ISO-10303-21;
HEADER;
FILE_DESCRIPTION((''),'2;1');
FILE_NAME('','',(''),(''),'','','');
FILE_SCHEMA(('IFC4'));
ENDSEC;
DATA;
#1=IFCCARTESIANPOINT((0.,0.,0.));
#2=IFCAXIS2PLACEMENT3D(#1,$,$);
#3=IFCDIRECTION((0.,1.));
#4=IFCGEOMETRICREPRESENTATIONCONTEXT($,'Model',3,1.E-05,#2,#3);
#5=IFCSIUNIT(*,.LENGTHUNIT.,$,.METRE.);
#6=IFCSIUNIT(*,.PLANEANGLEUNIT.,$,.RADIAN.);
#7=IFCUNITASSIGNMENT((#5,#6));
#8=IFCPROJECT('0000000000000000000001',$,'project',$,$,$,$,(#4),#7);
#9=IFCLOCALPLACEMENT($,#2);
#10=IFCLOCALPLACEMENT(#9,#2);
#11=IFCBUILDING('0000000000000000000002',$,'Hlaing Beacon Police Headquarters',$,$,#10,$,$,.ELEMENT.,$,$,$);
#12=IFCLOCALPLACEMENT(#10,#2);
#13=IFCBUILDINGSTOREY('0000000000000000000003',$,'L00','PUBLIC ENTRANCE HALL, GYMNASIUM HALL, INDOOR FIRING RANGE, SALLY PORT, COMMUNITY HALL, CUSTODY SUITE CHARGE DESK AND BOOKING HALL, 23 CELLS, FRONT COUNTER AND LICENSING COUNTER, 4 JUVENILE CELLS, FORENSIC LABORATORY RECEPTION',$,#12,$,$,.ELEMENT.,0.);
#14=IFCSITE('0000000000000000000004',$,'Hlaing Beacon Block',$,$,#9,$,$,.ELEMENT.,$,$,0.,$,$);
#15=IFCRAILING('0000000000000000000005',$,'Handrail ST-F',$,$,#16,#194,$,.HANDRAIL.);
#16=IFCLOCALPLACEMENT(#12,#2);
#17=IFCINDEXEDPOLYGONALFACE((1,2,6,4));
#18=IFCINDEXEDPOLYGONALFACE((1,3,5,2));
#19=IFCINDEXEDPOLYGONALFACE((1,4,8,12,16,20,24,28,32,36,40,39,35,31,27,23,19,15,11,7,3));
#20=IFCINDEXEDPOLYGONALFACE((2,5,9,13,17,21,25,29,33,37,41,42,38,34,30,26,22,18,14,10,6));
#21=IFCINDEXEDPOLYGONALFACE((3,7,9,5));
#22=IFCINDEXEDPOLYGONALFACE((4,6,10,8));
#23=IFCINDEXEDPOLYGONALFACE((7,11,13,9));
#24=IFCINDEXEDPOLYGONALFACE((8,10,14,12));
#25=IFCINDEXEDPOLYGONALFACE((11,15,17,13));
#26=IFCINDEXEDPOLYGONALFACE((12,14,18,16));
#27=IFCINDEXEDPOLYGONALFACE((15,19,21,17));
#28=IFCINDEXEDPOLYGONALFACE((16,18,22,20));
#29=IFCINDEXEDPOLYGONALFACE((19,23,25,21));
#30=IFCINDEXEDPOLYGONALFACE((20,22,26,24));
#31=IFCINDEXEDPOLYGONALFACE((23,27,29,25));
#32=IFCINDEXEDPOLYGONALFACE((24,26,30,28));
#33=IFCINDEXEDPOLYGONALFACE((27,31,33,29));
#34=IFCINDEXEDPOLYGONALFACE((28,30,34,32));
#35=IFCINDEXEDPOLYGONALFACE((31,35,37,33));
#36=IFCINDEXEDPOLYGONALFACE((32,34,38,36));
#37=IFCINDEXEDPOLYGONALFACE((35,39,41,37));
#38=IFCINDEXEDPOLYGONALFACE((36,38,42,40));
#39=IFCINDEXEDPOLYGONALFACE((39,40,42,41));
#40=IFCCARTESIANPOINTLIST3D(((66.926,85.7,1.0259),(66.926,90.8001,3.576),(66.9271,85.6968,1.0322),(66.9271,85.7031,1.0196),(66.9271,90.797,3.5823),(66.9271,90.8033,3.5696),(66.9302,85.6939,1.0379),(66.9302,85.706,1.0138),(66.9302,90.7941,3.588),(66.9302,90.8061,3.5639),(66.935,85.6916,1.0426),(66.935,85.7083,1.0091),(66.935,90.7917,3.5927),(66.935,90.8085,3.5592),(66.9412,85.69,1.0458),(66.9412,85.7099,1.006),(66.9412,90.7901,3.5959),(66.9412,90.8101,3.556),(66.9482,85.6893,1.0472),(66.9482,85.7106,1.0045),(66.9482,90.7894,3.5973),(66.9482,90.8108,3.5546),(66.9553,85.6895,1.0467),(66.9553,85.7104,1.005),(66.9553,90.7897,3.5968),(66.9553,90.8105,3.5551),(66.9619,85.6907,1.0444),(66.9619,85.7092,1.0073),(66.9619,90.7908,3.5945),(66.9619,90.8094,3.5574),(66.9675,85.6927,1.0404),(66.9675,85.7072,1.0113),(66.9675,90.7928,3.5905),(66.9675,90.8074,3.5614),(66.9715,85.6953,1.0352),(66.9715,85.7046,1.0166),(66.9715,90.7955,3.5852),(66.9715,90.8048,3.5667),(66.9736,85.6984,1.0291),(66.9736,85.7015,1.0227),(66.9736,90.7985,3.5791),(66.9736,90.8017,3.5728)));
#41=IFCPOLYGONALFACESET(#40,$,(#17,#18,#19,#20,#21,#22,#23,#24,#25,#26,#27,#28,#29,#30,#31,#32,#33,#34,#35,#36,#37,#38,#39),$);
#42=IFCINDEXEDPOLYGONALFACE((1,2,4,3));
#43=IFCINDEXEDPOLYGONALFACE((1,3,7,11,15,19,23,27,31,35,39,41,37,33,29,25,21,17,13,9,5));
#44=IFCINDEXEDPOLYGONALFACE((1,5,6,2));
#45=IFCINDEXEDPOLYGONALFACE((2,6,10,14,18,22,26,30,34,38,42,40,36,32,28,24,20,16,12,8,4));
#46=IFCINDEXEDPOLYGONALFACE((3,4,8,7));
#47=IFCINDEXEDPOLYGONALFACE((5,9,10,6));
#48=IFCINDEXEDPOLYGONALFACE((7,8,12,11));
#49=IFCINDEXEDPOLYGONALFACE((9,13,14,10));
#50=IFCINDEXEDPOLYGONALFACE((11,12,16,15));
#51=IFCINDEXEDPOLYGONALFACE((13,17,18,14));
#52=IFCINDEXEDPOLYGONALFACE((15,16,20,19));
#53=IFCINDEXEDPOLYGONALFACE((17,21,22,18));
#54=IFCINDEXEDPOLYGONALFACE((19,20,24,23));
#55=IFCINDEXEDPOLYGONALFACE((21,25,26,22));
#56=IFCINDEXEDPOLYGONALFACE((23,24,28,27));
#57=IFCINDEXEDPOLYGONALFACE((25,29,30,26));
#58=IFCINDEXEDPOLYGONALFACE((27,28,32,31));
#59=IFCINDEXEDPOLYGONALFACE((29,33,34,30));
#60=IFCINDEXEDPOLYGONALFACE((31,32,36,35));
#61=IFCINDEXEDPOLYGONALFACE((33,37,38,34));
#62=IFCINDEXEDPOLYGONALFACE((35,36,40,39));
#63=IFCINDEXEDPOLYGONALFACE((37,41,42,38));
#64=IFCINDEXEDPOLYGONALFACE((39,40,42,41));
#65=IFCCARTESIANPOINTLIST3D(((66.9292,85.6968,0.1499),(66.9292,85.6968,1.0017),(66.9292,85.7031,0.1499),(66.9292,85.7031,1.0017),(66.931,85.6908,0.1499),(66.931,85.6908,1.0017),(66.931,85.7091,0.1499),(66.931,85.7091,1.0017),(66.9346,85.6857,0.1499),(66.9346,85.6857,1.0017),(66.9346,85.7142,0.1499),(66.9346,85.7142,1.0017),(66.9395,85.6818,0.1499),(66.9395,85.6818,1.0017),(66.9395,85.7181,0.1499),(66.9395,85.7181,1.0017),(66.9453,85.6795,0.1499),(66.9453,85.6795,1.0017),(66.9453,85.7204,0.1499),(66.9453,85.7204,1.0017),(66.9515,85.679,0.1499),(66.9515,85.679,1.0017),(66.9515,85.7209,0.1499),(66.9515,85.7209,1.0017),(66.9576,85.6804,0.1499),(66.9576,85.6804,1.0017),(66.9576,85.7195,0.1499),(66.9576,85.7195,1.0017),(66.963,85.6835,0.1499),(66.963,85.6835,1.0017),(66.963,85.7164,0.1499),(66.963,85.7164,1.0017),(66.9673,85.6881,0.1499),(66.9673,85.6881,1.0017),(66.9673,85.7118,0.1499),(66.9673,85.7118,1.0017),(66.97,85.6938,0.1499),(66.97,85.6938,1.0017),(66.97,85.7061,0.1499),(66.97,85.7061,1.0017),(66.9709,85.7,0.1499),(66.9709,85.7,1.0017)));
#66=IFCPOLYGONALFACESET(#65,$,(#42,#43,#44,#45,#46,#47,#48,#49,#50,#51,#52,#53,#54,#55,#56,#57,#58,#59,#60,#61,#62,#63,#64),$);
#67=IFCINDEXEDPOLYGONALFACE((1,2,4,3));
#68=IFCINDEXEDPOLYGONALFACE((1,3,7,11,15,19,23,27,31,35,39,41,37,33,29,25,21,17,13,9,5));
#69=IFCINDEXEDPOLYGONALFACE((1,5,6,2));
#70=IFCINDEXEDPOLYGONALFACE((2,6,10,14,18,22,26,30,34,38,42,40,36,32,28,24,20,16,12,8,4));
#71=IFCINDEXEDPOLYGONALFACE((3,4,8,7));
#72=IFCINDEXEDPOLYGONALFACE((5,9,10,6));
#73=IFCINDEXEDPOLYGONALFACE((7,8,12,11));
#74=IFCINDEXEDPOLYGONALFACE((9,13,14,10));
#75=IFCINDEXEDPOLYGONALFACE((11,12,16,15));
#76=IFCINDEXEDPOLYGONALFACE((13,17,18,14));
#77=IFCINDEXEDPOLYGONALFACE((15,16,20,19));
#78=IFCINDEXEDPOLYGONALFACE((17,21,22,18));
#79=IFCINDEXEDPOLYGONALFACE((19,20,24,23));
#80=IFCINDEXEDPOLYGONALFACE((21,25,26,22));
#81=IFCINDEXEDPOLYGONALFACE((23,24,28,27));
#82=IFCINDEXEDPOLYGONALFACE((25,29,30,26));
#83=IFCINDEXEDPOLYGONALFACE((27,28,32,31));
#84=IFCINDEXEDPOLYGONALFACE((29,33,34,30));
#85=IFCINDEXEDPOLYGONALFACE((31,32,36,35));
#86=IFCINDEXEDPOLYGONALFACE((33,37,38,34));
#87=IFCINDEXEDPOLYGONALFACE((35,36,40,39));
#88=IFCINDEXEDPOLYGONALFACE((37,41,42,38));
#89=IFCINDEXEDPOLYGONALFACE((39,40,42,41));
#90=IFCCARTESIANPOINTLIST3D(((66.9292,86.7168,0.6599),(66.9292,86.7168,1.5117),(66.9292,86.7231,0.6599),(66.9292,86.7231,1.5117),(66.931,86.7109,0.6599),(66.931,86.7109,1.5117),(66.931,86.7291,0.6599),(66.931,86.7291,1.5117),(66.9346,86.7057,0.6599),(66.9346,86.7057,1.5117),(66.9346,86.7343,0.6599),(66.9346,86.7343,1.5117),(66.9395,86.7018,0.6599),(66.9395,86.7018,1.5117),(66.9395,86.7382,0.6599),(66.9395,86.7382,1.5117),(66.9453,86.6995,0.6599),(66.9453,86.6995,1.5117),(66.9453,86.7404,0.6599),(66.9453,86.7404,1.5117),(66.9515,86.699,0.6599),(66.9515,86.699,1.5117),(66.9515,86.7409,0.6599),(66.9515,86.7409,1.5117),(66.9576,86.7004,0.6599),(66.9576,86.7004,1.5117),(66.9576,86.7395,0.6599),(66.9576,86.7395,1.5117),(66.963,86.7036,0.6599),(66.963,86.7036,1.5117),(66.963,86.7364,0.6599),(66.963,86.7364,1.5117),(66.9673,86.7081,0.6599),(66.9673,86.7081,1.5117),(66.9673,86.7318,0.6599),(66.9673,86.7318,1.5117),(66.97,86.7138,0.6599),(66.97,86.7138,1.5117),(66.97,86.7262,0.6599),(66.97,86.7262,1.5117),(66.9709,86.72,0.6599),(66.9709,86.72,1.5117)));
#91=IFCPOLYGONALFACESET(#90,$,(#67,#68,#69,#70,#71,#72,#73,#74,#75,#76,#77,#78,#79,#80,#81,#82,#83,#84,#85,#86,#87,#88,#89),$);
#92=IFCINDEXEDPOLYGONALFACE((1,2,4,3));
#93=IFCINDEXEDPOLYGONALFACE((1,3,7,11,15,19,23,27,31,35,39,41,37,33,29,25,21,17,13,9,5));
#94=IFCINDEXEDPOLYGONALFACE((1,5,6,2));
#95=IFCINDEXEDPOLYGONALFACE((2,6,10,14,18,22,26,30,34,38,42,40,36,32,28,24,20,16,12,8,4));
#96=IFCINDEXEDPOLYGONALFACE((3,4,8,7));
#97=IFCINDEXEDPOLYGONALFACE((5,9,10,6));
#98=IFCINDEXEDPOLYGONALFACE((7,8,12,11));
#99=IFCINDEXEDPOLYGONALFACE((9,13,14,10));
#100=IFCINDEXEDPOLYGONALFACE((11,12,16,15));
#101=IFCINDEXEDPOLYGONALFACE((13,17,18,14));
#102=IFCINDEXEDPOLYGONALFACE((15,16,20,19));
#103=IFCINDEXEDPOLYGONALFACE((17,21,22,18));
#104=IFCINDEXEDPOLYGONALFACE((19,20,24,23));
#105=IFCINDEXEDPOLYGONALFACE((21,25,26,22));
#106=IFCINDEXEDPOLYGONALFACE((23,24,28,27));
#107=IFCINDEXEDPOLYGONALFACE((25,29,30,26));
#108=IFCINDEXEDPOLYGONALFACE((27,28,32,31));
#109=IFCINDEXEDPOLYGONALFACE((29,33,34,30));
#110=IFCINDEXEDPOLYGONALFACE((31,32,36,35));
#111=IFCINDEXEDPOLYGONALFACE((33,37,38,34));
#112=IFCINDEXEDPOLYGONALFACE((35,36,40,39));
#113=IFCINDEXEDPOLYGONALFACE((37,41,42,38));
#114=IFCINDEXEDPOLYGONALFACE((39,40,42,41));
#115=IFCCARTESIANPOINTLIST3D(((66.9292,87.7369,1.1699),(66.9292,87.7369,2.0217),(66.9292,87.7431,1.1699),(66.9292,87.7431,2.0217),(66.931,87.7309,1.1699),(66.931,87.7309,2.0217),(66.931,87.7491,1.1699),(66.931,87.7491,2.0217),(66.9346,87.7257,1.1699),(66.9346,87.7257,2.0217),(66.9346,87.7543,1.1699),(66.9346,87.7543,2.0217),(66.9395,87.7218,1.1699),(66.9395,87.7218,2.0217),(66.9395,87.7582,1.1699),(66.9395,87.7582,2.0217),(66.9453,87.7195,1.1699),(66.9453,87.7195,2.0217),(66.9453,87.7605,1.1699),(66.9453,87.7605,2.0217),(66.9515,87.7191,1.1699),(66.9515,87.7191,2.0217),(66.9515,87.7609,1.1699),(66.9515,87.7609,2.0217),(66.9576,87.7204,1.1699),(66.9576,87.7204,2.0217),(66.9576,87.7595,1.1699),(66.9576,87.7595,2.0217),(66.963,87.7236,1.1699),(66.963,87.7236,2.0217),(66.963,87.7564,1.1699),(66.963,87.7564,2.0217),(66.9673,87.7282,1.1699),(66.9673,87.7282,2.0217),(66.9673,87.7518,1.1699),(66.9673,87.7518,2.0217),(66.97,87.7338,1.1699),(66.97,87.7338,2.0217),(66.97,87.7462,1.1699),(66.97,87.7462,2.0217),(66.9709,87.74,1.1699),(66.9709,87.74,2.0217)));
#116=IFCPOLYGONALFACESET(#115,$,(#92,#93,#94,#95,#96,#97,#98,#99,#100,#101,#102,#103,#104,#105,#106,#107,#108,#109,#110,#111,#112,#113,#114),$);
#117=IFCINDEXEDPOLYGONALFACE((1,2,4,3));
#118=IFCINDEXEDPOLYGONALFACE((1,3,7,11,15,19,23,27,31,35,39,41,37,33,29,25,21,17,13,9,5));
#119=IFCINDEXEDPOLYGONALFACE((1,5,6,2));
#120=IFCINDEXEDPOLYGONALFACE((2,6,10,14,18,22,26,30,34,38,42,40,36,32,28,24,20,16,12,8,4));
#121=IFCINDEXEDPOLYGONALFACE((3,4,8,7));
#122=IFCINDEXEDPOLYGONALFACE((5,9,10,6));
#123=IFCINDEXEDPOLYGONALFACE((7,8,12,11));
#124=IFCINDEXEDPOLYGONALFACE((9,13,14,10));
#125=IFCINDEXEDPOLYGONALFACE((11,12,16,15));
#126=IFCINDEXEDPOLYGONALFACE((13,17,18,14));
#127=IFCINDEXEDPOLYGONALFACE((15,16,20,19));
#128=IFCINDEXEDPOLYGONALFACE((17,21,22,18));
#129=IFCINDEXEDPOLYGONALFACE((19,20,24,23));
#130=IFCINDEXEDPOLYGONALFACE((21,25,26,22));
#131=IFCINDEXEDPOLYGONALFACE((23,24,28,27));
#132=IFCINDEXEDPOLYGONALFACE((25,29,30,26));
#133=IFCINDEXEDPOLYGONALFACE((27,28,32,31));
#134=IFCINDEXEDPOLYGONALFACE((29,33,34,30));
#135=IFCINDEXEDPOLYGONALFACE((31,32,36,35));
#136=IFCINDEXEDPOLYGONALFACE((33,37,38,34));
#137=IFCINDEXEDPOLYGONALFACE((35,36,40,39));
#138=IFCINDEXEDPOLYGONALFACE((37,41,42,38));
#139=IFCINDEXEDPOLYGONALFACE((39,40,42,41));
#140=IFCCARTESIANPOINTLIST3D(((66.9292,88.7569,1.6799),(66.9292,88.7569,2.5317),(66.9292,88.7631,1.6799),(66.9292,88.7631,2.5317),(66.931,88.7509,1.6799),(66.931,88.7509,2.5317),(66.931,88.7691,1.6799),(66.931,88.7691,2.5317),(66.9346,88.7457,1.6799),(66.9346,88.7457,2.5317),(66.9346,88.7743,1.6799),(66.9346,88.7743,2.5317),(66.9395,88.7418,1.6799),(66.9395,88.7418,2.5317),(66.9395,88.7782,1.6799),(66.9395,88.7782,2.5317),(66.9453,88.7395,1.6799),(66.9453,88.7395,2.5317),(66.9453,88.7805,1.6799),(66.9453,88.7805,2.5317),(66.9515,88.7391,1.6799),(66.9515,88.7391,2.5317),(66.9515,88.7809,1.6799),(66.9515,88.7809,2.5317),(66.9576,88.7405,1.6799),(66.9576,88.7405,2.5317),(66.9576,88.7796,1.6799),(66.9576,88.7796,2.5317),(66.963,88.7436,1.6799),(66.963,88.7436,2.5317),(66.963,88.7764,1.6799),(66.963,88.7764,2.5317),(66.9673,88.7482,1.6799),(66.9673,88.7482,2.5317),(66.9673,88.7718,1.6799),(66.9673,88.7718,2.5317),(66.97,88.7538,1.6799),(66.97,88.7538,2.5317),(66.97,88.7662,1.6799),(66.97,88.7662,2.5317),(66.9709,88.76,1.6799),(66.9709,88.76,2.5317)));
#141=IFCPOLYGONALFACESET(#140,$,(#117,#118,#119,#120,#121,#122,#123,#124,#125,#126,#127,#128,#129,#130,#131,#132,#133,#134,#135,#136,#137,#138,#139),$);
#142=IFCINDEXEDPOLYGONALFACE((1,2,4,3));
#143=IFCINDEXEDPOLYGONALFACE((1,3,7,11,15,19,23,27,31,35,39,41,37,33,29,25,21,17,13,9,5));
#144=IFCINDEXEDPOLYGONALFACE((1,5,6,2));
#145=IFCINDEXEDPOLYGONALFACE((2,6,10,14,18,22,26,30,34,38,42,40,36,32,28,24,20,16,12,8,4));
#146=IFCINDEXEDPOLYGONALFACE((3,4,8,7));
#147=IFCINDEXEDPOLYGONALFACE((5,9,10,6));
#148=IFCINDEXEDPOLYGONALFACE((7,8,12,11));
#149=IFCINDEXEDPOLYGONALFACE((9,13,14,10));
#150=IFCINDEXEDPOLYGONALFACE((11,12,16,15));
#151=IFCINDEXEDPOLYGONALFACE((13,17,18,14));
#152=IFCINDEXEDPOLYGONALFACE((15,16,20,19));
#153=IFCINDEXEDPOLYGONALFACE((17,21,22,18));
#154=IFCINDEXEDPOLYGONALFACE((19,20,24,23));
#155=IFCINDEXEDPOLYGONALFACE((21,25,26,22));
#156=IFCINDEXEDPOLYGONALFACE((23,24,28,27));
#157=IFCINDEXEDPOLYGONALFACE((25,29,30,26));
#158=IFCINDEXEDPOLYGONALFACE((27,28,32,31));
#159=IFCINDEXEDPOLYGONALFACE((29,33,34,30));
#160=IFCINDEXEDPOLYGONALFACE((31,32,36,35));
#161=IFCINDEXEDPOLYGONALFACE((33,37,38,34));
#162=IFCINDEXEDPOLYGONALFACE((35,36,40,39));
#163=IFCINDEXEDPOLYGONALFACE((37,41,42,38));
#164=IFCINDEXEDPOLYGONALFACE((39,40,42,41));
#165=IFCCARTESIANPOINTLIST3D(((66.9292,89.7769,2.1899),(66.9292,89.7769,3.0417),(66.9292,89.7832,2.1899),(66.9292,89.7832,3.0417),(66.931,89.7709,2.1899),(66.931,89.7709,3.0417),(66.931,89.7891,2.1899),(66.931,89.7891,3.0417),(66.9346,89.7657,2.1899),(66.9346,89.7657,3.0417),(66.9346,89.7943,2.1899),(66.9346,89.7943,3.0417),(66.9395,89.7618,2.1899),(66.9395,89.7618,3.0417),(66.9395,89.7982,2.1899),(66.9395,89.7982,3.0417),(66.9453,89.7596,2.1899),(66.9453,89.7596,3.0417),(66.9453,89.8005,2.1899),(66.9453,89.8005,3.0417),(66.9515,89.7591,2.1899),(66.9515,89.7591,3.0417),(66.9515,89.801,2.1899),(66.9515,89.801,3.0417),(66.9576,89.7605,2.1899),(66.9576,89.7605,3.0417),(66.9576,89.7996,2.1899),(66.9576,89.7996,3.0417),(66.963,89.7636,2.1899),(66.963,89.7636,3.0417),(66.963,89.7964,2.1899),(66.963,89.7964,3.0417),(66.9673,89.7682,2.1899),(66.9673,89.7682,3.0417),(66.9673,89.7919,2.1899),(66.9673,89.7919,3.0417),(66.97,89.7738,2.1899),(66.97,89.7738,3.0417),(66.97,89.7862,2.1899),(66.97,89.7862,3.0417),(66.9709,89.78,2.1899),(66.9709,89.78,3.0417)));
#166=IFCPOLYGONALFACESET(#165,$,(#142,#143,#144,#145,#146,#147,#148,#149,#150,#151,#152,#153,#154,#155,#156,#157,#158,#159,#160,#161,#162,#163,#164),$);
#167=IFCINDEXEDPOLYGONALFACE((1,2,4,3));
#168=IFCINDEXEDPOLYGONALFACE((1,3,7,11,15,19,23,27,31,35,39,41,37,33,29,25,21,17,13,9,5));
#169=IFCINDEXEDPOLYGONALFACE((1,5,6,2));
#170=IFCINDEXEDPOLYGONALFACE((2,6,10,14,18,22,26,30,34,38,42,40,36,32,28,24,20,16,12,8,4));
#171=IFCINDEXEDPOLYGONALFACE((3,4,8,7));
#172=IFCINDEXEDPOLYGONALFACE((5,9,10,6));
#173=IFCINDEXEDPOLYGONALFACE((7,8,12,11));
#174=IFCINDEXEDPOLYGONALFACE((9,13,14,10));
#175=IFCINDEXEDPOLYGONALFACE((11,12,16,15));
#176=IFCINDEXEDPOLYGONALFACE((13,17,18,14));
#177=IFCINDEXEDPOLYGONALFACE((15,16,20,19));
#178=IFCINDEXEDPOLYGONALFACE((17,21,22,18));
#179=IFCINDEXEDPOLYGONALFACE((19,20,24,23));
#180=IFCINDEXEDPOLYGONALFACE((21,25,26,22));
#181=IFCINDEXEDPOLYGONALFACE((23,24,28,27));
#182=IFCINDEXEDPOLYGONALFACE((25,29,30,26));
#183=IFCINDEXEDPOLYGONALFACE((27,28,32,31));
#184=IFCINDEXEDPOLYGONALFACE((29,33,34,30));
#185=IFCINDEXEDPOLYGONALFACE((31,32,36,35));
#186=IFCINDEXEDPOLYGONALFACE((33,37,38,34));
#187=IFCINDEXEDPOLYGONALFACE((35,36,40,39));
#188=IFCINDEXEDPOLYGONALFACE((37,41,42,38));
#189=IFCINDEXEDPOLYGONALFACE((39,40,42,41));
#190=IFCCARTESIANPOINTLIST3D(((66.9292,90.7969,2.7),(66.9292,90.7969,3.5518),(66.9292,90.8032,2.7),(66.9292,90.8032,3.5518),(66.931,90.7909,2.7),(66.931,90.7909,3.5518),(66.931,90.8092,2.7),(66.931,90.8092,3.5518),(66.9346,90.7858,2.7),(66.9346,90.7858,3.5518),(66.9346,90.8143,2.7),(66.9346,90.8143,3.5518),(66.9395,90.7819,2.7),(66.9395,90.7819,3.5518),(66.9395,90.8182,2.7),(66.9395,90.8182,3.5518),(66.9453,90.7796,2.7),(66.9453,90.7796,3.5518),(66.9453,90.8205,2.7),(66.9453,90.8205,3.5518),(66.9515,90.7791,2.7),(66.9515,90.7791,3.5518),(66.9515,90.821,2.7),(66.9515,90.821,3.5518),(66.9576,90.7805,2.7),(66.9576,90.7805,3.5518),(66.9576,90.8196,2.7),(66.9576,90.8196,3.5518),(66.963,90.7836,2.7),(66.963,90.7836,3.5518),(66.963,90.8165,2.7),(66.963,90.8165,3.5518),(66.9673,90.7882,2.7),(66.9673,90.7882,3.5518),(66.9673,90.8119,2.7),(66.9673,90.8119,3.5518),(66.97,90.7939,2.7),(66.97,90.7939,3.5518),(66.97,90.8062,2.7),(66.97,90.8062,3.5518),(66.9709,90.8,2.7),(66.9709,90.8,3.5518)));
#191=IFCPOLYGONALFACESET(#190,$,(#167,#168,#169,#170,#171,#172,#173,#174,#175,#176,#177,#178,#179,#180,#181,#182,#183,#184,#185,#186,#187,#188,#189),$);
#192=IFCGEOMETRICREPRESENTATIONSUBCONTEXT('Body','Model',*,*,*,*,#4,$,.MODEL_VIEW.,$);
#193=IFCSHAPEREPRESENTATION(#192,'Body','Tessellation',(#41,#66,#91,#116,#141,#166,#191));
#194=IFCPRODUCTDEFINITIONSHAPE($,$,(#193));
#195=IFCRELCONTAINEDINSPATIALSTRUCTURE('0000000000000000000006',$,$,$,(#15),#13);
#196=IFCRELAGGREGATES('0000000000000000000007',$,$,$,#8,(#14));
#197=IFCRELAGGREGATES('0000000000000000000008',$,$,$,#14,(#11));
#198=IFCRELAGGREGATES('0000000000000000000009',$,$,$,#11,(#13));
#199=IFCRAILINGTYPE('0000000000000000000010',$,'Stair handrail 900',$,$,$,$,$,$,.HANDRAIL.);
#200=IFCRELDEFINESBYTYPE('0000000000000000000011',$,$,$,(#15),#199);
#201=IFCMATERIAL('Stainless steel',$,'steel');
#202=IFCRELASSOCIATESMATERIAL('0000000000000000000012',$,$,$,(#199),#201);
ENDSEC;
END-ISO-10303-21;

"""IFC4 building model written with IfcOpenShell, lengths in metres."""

from ifc_helpers import new_model, si_unit, direction, frame, origin, origin_2d, place, context, subcontext, project, spatial, circle, extrude, material, type_object, element, save


model = new_model("IFC4")

# Units and contexts
model_context = context("Model", 3, precision=1e-05, world=origin(), true_north=direction((0.0, 1.0)))
body_context = subcontext(model_context, "Body", "Model", "MODEL_VIEW")
ifc_project = project(units=[si_unit("LENGTHUNIT", "METRE"), si_unit("PLANEANGLEUNIT", "RADIAN")], contexts=[model_context])

# Site, building, storey
site_placement = place(None, origin())
site = spatial("IfcSite", under=ifc_project, at=site_placement, Name="Hlaing Beacon Block", CompositionType="ELEMENT", RefElevation=0.0)
building_placement = place(site_placement, origin())
building = spatial("IfcBuilding", under=site, at=building_placement, Name="Hlaing Beacon Police Headquarters", CompositionType="ELEMENT")
storey_placement = place(building_placement, origin())
storey = spatial("IfcBuildingStorey", under=building, at=storey_placement, Name="L00", Description="PUBLIC ENTRANCE HALL, GYMNASIUM HALL, INDOOR FIRING RANGE, SALLY PORT, COMMUNITY HALL, CUSTODY SUITE CHARGE DESK AND BOOKING HALL, 23 CELLS, FRONT COUNTER AND LICENSING COUNTER, 4 JUVENILE CELLS, FORENSIC LABORATORY RECEPTION", CompositionType="ELEMENT", Elevation=0.0)

# Railing
ifc_material_1 = material(Name="Stainless steel", Category="steel")
railing_type_1 = type_object("IfcRailingType", Name="Stair handrail 900", PredefinedType="HANDRAIL", material=ifc_material_1)
railing_1_placement = place(storey_placement, frame((66.95, 85.7, 0.1499)))
element("IfcRailing", 1, at=railing_1_placement, inside=storey, type_object=railing_type_1, Name="Handrail ST-F", PredefinedType="HANDRAIL", context=body_context, shape_type="SweptSolid", body=[
    extrude(circle(Radius=0.0239, at=origin_2d()), frame((0.0, 0.0, 0.876), z_axis=(0.0, 0.894427, 0.447214), x_axis=(-1.0, 0.0, 0.0)), (0.0, 0.0, 1.0), 5.7021),
    extrude(circle(Radius=0.021, at=origin_2d()), origin(), (0.0, 0.0, 1.0), 0.8518),
    extrude(circle(Radius=0.021, at=origin_2d()), frame((0.0, 1.02, 0.51)), (0.0, 0.0, 1.0), 0.8518),
    extrude(circle(Radius=0.021, at=origin_2d()), frame((0.0, 2.04, 1.02)), (0.0, 0.0, 1.0), 0.8518),
    extrude(circle(Radius=0.021, at=origin_2d()), frame((0.0, 3.0601, 1.53)), (0.0, 0.0, 1.0), 0.8518),
    extrude(circle(Radius=0.021, at=origin_2d()), frame((0.0, 4.0801, 2.04)), (0.0, 0.0, 1.0), 0.8518),
    extrude(circle(Radius=0.021, at=origin_2d()), frame((0.0, 5.1001, 2.55)), (0.0, 0.0, 1.0), 0.8518),
])

save(model, "model.ifc")
